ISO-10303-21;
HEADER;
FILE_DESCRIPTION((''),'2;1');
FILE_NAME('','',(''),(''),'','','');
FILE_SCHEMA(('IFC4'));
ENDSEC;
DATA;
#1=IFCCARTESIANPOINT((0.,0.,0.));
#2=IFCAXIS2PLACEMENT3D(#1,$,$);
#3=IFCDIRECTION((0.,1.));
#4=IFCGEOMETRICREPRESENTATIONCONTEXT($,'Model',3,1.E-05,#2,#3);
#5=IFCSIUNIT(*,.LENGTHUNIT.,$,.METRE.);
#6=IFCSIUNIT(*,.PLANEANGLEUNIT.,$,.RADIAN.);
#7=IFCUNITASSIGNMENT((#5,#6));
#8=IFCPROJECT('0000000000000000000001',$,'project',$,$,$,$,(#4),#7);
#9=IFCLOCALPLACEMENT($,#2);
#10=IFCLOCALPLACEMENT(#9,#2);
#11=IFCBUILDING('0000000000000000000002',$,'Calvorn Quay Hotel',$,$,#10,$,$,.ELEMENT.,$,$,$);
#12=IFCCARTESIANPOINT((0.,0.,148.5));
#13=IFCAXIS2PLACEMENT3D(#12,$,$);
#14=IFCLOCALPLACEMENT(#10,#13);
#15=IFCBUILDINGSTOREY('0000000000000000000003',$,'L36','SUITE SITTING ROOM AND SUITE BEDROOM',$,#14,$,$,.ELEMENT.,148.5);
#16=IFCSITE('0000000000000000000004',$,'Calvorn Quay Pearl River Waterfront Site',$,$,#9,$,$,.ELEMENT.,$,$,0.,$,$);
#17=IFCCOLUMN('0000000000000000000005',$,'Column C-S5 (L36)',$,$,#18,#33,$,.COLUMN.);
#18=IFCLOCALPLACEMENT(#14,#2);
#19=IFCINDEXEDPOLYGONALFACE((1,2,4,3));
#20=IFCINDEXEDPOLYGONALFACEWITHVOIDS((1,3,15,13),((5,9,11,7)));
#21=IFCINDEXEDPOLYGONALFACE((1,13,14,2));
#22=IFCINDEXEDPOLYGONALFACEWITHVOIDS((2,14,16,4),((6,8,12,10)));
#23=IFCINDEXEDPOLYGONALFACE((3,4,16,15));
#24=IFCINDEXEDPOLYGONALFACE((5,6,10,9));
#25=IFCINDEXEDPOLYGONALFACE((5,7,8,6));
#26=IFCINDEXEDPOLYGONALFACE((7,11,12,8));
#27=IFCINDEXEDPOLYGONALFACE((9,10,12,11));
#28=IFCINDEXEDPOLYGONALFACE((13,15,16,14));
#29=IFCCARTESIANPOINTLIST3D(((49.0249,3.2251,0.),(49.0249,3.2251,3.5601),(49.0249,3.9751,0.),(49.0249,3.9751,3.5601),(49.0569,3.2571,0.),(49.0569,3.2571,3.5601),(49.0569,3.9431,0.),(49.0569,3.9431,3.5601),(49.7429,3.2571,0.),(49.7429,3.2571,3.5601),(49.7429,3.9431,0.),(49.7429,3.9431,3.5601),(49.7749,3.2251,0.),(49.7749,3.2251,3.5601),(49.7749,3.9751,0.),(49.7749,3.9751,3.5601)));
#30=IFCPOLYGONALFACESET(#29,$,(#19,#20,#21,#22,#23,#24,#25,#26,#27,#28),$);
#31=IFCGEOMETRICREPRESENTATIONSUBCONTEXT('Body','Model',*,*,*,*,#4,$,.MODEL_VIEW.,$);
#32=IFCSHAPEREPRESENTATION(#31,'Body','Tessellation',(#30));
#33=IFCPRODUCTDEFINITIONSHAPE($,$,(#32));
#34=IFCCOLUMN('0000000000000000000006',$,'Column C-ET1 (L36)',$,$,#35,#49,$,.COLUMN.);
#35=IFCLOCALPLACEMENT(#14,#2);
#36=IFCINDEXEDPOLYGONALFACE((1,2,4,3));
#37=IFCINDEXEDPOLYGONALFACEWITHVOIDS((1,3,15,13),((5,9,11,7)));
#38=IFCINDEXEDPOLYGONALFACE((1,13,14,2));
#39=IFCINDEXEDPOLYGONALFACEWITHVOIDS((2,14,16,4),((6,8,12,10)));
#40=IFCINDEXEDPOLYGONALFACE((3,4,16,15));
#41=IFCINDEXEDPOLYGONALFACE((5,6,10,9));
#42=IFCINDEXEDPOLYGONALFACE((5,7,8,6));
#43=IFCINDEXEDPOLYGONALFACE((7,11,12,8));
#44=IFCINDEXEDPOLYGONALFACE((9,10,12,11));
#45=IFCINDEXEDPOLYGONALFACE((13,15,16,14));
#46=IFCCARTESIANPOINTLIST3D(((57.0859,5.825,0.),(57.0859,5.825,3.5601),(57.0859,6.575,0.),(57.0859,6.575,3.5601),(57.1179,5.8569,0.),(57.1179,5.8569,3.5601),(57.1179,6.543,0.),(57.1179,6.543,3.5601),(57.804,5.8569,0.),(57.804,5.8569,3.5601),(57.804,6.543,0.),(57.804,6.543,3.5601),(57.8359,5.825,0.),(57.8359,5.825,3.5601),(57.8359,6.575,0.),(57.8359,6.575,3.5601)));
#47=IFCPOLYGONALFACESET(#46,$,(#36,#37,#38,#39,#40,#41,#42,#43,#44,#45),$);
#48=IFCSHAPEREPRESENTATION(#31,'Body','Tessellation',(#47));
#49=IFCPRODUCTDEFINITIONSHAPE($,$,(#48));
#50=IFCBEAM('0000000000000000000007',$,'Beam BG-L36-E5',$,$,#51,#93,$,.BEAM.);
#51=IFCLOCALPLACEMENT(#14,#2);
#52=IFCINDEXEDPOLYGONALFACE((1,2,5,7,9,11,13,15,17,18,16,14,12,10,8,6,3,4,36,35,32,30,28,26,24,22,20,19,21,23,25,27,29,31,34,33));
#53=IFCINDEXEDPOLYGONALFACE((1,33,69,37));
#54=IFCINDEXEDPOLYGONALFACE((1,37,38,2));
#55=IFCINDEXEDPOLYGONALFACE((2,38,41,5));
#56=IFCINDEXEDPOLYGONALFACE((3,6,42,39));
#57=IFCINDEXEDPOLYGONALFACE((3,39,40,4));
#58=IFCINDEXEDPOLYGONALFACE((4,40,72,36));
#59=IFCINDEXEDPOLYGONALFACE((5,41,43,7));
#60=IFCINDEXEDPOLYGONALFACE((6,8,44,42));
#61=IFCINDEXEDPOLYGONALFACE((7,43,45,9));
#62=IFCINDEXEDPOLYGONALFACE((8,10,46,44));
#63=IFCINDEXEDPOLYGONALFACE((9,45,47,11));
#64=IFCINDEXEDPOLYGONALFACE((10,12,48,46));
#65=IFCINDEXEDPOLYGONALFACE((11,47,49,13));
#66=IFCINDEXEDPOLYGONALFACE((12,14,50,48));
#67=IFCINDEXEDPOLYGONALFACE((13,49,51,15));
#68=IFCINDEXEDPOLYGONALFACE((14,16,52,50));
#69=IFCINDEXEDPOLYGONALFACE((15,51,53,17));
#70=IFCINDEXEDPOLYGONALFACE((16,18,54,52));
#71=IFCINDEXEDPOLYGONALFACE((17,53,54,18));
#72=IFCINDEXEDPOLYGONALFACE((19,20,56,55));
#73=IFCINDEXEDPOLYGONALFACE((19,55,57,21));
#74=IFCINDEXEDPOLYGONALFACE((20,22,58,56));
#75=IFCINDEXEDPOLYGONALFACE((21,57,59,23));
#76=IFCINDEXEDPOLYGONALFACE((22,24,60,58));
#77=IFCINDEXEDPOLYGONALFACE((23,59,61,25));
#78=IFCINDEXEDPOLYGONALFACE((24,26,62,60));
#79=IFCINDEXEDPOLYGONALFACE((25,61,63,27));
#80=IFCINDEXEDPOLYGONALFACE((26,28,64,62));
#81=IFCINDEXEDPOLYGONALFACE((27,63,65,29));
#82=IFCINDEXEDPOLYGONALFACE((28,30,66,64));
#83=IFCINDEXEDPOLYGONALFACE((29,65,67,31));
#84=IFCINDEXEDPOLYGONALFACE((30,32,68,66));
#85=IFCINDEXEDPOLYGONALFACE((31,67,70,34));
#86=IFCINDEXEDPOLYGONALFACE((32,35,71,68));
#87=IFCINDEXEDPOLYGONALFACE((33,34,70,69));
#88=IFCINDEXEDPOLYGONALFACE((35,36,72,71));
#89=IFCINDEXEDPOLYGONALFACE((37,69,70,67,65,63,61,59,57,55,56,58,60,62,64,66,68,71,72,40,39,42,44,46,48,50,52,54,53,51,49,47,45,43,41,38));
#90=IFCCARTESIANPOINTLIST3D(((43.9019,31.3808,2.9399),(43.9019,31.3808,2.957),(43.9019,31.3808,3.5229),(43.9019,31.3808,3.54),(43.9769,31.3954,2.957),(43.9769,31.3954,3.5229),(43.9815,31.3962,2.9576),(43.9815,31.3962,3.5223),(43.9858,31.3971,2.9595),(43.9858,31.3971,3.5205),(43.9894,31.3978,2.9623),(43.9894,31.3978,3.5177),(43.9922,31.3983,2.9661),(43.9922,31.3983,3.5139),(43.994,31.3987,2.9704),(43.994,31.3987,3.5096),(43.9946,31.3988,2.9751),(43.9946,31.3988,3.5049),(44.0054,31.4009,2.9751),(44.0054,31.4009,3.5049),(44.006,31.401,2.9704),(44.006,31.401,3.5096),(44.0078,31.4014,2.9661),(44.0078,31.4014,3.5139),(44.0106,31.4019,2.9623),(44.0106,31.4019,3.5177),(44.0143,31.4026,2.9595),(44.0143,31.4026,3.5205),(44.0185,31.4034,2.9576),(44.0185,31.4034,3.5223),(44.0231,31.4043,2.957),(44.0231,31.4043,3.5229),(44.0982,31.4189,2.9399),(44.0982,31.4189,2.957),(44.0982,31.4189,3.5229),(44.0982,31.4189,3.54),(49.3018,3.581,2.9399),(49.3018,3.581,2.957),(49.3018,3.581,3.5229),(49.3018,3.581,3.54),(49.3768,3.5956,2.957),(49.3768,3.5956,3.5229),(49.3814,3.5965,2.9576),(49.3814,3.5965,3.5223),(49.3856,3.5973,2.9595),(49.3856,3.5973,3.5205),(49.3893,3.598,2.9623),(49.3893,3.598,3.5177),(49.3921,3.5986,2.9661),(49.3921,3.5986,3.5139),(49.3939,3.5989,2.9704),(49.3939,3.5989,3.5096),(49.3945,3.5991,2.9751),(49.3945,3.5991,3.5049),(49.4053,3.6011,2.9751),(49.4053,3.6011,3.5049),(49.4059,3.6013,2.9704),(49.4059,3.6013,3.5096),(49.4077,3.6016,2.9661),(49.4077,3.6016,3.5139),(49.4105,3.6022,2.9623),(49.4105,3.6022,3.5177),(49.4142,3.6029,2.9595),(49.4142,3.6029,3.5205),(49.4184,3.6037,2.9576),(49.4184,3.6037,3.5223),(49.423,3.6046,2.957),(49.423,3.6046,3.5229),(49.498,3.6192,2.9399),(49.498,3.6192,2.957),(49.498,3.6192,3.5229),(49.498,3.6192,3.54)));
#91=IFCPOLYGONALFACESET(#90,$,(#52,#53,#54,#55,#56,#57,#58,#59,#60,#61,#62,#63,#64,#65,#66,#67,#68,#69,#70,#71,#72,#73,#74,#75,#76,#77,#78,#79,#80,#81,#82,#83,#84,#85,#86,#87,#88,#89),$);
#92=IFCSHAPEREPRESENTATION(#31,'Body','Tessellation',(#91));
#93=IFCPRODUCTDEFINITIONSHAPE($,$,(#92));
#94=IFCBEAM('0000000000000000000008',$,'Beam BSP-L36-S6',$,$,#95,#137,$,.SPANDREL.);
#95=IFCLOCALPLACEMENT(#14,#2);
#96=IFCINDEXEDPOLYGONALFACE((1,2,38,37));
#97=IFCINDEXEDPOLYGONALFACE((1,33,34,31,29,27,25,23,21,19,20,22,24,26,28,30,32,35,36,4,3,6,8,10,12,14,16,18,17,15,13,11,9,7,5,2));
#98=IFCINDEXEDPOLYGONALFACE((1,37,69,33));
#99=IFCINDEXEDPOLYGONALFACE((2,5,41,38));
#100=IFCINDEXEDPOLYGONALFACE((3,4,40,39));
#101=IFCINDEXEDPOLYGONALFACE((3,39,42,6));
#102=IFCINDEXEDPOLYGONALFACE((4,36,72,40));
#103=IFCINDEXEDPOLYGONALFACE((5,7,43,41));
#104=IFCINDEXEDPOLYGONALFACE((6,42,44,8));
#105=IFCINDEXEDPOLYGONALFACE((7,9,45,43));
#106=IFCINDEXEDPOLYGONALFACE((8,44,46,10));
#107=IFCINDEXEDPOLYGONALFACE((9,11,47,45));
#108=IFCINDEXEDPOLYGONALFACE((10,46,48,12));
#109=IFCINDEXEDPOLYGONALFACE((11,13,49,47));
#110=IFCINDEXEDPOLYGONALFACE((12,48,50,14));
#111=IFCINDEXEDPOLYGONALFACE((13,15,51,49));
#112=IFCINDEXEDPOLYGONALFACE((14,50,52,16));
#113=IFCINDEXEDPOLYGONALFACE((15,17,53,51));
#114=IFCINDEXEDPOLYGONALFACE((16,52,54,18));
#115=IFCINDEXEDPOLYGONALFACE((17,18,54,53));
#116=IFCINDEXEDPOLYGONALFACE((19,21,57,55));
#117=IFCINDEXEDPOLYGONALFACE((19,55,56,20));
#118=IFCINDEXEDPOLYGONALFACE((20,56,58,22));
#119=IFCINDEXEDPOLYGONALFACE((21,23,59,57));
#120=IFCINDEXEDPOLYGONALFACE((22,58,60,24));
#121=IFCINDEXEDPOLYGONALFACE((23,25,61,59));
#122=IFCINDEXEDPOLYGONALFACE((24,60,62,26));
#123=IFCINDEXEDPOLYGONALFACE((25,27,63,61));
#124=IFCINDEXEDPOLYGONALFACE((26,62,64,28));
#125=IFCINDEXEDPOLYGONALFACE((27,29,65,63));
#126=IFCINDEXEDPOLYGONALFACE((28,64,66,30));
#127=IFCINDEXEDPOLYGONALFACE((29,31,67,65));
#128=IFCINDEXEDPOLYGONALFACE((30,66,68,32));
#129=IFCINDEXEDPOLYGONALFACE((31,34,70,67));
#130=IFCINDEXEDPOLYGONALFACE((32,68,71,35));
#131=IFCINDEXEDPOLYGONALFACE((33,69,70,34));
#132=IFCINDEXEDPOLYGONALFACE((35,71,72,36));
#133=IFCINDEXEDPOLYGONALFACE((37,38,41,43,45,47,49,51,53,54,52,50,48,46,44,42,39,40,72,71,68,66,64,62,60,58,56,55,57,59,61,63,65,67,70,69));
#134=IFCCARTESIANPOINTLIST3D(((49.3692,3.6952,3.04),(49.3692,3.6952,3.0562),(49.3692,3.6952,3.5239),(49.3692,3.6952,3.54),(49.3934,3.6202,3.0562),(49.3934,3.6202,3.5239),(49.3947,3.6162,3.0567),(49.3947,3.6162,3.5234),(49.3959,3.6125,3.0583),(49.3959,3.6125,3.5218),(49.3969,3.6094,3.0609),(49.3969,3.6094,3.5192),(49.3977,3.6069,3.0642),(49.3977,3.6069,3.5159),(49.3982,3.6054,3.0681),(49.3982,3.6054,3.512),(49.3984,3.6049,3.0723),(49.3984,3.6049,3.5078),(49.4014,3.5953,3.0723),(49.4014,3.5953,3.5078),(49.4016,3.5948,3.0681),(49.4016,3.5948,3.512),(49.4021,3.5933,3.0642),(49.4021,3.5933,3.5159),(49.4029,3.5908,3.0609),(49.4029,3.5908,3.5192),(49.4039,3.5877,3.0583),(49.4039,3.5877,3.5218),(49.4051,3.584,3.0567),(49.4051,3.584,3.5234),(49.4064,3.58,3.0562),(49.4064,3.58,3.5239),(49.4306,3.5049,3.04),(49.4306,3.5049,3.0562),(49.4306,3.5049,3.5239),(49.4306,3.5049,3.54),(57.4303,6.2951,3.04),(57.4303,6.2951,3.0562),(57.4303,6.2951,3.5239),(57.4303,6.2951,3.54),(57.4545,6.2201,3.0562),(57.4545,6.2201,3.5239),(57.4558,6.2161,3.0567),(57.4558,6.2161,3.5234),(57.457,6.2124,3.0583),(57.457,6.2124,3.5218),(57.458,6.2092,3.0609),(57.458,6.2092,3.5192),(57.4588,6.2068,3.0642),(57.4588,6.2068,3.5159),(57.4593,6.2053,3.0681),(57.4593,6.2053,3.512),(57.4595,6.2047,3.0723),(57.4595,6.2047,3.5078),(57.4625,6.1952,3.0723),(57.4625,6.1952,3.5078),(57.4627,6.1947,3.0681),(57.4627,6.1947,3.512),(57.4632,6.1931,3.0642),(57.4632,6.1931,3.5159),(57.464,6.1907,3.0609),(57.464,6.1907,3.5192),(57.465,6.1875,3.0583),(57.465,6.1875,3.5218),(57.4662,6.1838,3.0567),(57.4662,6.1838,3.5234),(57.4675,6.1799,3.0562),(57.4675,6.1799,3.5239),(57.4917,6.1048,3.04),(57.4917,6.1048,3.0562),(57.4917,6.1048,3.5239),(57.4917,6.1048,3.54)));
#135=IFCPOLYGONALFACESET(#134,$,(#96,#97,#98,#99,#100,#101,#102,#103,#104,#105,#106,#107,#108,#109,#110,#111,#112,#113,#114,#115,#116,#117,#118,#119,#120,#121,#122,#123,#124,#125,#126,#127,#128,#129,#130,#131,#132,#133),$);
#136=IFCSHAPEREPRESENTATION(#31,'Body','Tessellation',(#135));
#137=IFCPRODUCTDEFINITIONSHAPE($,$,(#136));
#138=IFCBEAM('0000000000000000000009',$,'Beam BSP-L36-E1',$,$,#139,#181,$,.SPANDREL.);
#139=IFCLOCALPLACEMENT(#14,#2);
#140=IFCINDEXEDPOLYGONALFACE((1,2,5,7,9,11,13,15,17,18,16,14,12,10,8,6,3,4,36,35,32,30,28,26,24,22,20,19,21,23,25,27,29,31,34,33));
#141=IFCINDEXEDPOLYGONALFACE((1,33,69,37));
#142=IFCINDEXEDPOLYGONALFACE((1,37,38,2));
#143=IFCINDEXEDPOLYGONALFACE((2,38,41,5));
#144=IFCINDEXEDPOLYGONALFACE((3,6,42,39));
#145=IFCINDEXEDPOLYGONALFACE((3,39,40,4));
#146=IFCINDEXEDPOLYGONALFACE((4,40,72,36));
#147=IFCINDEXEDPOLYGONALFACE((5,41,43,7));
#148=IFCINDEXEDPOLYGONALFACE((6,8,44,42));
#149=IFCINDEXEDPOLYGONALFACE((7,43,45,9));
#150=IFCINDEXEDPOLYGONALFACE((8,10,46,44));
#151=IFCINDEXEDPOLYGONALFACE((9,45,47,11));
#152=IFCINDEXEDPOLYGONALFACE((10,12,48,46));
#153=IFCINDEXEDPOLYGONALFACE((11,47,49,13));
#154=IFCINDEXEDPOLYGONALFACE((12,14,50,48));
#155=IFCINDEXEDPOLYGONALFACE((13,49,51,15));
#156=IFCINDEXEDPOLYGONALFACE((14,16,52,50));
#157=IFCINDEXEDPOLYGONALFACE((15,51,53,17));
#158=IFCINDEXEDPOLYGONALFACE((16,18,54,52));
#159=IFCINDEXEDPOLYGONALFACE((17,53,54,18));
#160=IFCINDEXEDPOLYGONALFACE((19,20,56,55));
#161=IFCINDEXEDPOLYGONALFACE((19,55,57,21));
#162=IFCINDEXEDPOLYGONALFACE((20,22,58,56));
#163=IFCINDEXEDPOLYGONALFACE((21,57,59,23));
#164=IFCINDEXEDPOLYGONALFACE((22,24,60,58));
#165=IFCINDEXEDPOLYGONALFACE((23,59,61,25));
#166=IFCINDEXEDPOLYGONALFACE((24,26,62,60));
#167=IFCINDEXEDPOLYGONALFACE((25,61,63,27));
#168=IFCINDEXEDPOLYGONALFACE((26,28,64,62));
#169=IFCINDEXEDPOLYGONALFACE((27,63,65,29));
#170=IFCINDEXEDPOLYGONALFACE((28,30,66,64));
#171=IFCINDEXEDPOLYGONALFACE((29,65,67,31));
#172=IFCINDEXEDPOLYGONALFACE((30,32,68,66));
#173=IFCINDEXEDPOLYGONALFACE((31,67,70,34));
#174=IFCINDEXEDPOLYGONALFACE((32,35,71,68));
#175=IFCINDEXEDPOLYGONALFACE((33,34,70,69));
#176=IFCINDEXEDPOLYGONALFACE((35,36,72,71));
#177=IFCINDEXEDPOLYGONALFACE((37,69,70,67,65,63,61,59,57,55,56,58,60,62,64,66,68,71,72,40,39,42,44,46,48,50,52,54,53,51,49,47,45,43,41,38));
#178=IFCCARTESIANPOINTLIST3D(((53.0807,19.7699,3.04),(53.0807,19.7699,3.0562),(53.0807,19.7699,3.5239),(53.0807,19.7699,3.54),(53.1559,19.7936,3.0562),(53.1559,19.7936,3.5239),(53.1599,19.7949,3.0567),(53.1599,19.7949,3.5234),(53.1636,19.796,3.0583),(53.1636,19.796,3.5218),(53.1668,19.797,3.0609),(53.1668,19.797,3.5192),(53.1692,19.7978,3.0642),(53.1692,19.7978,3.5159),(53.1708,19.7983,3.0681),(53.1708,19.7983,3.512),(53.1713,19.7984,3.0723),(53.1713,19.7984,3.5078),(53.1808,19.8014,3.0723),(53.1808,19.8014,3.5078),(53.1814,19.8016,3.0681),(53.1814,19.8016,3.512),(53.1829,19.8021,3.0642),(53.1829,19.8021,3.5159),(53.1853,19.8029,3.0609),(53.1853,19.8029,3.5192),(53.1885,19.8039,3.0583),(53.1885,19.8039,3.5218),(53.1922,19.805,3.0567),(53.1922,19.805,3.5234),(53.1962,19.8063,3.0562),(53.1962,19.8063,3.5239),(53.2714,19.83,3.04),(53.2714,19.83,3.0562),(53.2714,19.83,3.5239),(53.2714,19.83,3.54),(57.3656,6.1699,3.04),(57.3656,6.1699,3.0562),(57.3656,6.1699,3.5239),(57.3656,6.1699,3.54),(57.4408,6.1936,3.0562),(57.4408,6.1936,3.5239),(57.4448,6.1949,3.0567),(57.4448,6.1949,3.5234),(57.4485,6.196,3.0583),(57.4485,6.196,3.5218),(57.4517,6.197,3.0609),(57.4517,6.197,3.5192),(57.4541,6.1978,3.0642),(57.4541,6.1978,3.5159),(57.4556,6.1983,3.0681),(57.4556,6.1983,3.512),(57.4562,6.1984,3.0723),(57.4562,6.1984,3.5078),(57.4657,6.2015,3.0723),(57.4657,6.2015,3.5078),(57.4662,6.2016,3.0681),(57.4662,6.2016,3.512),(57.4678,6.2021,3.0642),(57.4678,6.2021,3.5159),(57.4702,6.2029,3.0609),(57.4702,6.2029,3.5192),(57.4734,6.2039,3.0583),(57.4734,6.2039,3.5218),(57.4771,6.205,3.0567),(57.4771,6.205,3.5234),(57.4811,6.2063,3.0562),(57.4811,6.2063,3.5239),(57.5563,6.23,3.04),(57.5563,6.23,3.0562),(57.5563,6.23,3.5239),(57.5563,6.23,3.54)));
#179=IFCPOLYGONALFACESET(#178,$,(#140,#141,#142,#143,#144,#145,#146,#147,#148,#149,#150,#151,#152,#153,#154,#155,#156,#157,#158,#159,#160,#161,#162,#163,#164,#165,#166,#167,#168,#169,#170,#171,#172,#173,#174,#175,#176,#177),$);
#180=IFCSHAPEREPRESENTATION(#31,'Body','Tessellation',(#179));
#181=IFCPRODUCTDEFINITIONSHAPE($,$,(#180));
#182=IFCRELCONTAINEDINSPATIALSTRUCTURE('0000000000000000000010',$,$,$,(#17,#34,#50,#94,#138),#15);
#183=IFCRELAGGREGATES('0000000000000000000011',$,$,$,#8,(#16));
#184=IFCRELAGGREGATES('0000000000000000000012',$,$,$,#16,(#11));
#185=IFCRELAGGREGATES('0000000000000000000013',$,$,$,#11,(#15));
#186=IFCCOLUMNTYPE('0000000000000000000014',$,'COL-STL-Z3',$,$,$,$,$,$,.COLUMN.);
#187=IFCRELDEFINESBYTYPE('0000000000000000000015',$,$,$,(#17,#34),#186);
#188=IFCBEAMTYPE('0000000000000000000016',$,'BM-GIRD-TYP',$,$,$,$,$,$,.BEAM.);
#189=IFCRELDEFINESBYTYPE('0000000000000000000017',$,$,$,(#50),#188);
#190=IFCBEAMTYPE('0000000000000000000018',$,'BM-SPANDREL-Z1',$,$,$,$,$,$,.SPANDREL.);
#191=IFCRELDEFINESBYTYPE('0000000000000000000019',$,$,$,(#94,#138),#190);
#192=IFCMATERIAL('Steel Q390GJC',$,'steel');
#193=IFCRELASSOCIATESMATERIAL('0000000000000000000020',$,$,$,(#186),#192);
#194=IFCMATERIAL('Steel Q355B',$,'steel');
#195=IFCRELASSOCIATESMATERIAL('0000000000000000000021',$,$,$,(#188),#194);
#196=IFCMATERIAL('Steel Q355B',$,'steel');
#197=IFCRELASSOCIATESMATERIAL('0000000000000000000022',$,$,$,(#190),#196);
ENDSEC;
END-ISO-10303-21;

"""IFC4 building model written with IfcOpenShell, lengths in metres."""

from ifc_helpers import new_model, si_unit, direction, frame, origin, origin_2d, place, context, subcontext, project, spatial, hollow_rectangle, i_section, extrude, material, material_profile, profile_set, type_object, element, save


model = new_model("IFC4")

# Units and contexts
model_context = context("Model", 3, precision=1e-05, world=origin(), true_north=direction((0.0, 1.0)))
body_context = subcontext(model_context, "Body", "Model", "MODEL_VIEW")
ifc_project = project(units=[si_unit("LENGTHUNIT", "METRE"), si_unit("PLANEANGLEUNIT", "RADIAN")], contexts=[model_context])

# Site, building, storey
site_placement = place(None, origin())
site = spatial("IfcSite", under=ifc_project, at=site_placement, Name="Calvorn Quay Pearl River Waterfront Site", CompositionType="ELEMENT", RefElevation=0.0)
building_placement = place(site_placement, origin())
building = spatial("IfcBuilding", under=site, at=building_placement, Name="Calvorn Quay Hotel", CompositionType="ELEMENT")
storey_placement = place(building_placement, frame((0.0, 0.0, 148.5)))
storey = spatial("IfcBuildingStorey", under=building, at=storey_placement, Name="L36", Description="SUITE SITTING ROOM AND SUITE BEDROOM", CompositionType="ELEMENT", Elevation=148.5)

# Columns
ifc_material_1 = material(Name="Steel Q390GJC", Category="steel")
ifc_material_profile_1 = material_profile(ifc_material_1, hollow_rectangle(XDim=0.75, YDim=0.75, WallThickness=0.032, at=origin_2d()), Name="BOX750x750x32")
ifc_profile_set_1 = profile_set([ifc_material_profile_1], Name="Steel Q390GJC")
column_type = type_object("IfcColumnType", Name="COL-STL-Z3", PredefinedType="COLUMN", material=ifc_profile_set_1)
for number, where, z_axis, x_axis, name in (
    (1, (49.3999, 3.6001, 0.0), (0.0, 0.0, 1.0), (1.0, 0.0, 0.0), "Column C-S5 (L36)"),
    (2, (57.4609, 6.2, 0.0), (0.0, 0.0, 1.0), (1.0, 0.0, 0.0), "Column C-ET1 (L36)"),
):
    element("IfcColumn", number, at=place(storey_placement, frame(where, z_axis=z_axis, x_axis=x_axis)), inside=storey, type_object=column_type, Name=name, PredefinedType="COLUMN", context=body_context, shape_type="SweptSolid", body=[
        extrude(hollow_rectangle(XDim=0.75, YDim=0.75, WallThickness=0.032, at=origin_2d()), origin(), (0.0, 0.0, 1.0), 3.5601),
    ])

# Beams
ifc_material_2 = material(Name="Steel Q355B", Category="steel")
ifc_material_profile_2 = material_profile(ifc_material_2, i_section(OverallWidth=0.2, OverallDepth=0.6001, WebThickness=0.011, FlangeThickness=0.0171, FilletRadius=0.0181, at=origin_2d()), Name="HN600x200x11x17")
ifc_profile_set_2 = profile_set([ifc_material_profile_2], Name="Steel Q355B")
beam_type_1 = type_object("IfcBeamType", Name="BM-GIRD-TYP", PredefinedType="BEAM", material=ifc_profile_set_2)
beam_1_placement = place(storey_placement, frame((49.3999, 3.6001, 3.24), z_axis=(-0.190679, 0.981653, 0.0), x_axis=(-0.981653, -0.190679, 0.0)))
element("IfcBeam", 3, at=beam_1_placement, inside=storey, type_object=beam_type_1, Name="Beam BG-L36-E5", PredefinedType="BEAM", context=body_context, shape_type="SweptSolid", body=[
    extrude(i_section(OverallWidth=0.2, OverallDepth=0.6001, WebThickness=0.011, FlangeThickness=0.0171, FilletRadius=0.0181, at=origin_2d()), origin(), (0.0, 0.0, 1.0), 28.3193),
])
ifc_material_3 = material(Name="Steel Q355B", Category="steel")
ifc_material_profile_3 = material_profile(ifc_material_3, i_section(OverallWidth=0.2, OverallDepth=0.5, WebThickness=0.01, FlangeThickness=0.0161, FilletRadius=0.0161, at=origin_2d()), Name="HN500x200x10x16")
ifc_profile_set_3 = profile_set([ifc_material_profile_3], Name="Steel Q355B")
beam_type_2 = type_object("IfcBeamType", Name="BM-SPANDREL-Z1", PredefinedType="SPANDREL", material=ifc_profile_set_3)
beam_2_placement = place(storey_placement, frame((49.3999, 3.6001, 3.29), z_axis=(0.951725, 0.306951, 0.0), x_axis=(-0.306951, 0.951725, 0.0)))
element("IfcBeam", 4, at=beam_2_placement, inside=storey, type_object=beam_type_2, Name="Beam BSP-L36-S6", PredefinedType="SPANDREL", context=body_context, shape_type="SweptSolid", body=[
    extrude(i_section(OverallWidth=0.2, OverallDepth=0.5, WebThickness=0.01, FlangeThickness=0.0161, FilletRadius=0.0161, at=origin_2d()), origin(), (0.0, 0.0, 1.0), 8.47),
])
beam_3_placement = place(storey_placement, frame((57.4609, 6.2, 3.29), z_axis=(-0.300503, 0.953781, 0.0), x_axis=(-0.953781, -0.300503, 0.0)))
element("IfcBeam", 5, at=beam_3_placement, inside=storey, type_object=beam_type_2, Name="Beam BSP-L36-E1", PredefinedType="SPANDREL", context=body_context, shape_type="SweptSolid", body=[
    extrude(i_section(OverallWidth=0.2, OverallDepth=0.5, WebThickness=0.01, FlangeThickness=0.0161, FilletRadius=0.0161, at=origin_2d()), origin(), (0.0, 0.0, 1.0), 14.259),
])

save(model, "model.ifc")
